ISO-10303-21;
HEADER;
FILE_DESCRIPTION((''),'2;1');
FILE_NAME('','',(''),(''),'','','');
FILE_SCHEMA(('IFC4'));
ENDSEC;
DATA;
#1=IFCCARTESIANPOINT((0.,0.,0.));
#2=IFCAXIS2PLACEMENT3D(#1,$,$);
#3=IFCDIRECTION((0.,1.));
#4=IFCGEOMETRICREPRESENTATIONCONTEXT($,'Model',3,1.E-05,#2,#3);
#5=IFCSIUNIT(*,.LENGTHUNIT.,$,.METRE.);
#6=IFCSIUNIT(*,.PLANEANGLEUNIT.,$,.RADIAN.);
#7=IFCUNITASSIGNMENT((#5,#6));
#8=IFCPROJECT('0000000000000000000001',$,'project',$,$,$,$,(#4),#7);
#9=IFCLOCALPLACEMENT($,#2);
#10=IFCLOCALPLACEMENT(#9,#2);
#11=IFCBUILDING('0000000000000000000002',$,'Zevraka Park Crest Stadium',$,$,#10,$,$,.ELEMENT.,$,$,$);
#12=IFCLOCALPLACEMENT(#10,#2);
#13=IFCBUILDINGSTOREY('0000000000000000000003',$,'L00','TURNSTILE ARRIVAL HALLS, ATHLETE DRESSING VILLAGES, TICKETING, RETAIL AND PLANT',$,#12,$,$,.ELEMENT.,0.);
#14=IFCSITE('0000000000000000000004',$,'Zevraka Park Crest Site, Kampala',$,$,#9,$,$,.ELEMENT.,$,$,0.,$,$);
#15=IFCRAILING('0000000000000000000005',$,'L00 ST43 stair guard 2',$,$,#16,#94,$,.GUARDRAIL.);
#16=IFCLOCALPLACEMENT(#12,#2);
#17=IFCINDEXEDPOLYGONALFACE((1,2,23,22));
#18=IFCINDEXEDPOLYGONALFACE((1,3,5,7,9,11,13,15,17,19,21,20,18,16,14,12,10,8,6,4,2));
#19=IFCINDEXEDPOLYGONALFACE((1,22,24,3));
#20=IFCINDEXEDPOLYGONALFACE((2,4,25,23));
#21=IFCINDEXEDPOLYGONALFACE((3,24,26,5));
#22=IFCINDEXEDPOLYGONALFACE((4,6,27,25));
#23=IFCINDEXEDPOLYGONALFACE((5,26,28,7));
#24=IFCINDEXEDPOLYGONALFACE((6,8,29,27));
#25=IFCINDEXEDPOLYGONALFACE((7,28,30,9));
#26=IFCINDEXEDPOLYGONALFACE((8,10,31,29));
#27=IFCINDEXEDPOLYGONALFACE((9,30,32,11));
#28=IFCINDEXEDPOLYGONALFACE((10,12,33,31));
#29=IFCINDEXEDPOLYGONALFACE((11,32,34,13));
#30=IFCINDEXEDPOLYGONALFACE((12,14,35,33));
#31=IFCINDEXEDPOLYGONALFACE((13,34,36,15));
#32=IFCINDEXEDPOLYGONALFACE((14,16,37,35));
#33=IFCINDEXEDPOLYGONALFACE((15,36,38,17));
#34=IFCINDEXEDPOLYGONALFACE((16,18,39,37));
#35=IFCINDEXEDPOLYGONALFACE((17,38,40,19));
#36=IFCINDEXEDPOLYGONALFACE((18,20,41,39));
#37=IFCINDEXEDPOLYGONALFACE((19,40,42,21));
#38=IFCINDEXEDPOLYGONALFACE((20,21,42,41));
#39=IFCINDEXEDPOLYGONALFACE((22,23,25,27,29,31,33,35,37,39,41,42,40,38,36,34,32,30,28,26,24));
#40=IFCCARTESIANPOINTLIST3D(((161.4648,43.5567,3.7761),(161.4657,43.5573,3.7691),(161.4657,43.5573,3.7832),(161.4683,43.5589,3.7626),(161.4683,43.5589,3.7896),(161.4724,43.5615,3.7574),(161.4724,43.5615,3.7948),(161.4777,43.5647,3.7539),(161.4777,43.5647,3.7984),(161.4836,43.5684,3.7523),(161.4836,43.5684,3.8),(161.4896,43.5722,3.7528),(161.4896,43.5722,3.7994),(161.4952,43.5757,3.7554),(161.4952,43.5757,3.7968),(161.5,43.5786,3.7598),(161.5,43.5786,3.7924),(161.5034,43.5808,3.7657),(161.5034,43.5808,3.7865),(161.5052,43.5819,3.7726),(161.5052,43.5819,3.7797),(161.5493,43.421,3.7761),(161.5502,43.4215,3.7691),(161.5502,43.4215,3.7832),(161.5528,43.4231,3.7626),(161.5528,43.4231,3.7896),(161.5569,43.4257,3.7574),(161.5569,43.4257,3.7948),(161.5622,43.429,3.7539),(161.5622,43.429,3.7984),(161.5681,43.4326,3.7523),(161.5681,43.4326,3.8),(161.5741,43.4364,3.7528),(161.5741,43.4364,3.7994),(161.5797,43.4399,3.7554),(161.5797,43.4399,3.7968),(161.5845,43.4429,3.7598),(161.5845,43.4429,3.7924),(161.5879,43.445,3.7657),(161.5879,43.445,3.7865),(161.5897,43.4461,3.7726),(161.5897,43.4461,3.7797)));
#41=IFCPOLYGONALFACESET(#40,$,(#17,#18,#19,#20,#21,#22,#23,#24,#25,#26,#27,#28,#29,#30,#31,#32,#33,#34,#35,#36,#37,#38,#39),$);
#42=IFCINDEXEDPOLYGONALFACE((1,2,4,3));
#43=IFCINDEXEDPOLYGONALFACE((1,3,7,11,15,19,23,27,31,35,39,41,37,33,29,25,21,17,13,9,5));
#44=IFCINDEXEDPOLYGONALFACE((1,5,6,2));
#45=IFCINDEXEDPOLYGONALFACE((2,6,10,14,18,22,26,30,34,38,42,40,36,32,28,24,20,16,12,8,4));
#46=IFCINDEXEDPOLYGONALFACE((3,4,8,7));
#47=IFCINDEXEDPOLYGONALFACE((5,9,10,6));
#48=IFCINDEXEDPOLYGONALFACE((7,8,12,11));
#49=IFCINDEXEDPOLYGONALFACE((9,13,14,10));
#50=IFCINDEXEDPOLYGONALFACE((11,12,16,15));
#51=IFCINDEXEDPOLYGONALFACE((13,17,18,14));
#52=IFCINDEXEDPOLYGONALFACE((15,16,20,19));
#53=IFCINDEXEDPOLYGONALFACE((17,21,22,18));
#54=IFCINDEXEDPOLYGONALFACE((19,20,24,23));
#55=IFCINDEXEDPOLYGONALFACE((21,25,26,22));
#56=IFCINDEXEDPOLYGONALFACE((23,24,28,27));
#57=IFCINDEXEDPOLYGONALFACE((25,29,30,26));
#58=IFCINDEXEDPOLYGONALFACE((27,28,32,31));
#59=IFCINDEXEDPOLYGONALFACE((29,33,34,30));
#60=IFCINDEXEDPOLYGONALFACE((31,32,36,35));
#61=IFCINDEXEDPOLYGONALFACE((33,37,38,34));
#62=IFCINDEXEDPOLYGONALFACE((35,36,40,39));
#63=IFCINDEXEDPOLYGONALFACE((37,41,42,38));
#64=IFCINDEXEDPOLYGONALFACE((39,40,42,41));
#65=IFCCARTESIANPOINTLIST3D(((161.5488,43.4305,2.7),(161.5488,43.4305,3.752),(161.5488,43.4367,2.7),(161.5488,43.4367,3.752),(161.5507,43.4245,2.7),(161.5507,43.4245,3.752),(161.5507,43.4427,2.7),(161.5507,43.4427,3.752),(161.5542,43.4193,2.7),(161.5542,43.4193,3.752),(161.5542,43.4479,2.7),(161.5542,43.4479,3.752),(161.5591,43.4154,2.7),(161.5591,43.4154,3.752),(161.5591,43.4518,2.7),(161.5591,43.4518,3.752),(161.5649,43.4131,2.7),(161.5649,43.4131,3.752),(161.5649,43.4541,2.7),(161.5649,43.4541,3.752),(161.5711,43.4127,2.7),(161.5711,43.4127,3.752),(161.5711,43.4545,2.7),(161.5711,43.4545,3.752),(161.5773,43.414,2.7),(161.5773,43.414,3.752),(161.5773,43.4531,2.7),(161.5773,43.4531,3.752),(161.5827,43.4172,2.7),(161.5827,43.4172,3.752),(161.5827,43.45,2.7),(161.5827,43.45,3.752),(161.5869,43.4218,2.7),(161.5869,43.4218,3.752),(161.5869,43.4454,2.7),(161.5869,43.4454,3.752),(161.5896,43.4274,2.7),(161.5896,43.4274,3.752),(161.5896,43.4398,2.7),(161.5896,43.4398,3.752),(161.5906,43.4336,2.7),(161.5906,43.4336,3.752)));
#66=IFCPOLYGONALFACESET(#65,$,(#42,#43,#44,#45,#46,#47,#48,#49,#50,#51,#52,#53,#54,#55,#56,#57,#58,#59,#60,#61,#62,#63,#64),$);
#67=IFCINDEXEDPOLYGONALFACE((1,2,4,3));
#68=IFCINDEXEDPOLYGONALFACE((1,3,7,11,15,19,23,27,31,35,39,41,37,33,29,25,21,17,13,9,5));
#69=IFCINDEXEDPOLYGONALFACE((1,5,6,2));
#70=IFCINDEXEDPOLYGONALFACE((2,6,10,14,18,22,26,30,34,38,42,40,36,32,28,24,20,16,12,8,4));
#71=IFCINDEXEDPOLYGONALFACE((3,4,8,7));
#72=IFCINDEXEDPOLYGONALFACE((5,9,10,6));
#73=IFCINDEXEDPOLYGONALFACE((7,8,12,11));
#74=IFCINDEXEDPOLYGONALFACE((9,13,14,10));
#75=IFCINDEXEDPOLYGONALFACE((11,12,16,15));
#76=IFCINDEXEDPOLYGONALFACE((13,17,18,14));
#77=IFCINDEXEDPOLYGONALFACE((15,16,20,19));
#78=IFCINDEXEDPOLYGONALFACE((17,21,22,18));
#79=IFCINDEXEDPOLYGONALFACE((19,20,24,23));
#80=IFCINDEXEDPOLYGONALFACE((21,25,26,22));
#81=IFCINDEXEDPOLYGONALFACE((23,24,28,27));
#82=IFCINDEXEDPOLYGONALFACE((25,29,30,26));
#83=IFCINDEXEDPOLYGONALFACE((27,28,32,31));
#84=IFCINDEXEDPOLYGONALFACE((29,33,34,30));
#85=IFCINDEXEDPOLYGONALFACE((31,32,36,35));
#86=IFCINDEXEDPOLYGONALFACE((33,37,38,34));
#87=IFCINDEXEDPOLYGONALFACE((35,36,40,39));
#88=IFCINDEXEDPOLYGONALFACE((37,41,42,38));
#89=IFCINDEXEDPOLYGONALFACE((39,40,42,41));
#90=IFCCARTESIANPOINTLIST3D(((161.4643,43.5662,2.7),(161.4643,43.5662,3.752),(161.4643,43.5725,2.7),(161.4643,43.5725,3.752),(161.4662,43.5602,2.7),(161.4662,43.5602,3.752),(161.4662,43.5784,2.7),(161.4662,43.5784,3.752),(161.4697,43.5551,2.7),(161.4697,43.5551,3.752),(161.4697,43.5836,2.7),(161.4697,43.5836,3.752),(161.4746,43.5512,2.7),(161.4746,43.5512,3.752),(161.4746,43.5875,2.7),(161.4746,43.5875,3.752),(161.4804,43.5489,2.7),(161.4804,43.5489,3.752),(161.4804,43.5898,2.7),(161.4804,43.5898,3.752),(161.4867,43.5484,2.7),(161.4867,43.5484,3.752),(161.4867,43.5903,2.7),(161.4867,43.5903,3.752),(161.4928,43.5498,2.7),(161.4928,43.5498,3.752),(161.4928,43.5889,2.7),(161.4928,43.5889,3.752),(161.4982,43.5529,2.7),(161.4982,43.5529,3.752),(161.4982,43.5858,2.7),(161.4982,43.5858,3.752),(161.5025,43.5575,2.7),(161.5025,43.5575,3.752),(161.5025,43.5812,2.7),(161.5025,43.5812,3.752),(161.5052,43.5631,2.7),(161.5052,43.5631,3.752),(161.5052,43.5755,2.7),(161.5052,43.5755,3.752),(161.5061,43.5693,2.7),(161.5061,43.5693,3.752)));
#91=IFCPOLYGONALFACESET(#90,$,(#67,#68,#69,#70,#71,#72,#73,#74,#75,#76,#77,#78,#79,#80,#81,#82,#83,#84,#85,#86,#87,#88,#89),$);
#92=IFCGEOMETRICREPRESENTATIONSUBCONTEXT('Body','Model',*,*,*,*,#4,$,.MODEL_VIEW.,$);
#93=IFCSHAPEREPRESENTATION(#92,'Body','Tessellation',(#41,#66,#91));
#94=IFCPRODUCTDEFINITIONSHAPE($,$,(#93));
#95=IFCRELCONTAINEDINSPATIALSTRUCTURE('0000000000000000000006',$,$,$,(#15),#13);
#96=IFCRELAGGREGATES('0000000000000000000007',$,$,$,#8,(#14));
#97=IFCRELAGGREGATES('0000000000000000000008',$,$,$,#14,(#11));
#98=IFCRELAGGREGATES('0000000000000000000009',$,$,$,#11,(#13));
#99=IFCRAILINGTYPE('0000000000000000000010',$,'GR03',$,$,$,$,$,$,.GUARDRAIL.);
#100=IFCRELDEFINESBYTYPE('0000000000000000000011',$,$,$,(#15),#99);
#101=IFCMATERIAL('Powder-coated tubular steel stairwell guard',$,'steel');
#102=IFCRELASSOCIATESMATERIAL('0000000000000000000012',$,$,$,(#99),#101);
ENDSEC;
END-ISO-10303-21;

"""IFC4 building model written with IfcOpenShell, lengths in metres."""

from ifc_helpers import new_model, si_unit, direction, frame, origin, origin_2d, place, context, subcontext, project, spatial, circle, extrude, material, type_object, element, save


model = new_model("IFC4")

# Units and contexts
model_context = context("Model", 3, precision=1e-05, world=origin(), true_north=direction((0.0, 1.0)))
body_context = subcontext(model_context, "Body", "Model", "MODEL_VIEW")
ifc_project = project(units=[si_unit("LENGTHUNIT", "METRE"), si_unit("PLANEANGLEUNIT", "RADIAN")], contexts=[model_context])

# Site, building, storey
site_placement = place(None, origin())
site = spatial("IfcSite", under=ifc_project, at=site_placement, Name="Zevraka Park Crest Site, Kampala", CompositionType="ELEMENT", RefElevation=0.0)
building_placement = place(site_placement, origin())
building = spatial("IfcBuilding", under=site, at=building_placement, Name="Zevraka Park Crest Stadium", CompositionType="ELEMENT")
storey_placement = place(building_placement, origin())
storey = spatial("IfcBuildingStorey", under=building, at=storey_placement, Name="L00", Description="TURNSTILE ARRIVAL HALLS, ATHLETE DRESSING VILLAGES, TICKETING, RETAIL AND PLANT", CompositionType="ELEMENT", Elevation=0.0)

# Railing
ifc_material_1 = material(Name="Powder-coated tubular steel stairwell guard", Category="steel")
railing_type_1 = type_object("IfcRailingType", Name="GR03", PredefinedType="GUARDRAIL", material=ifc_material_1)
railing_1_placement = place(storey_placement, frame((161.5696, 43.4336, 2.7)))
element("IfcRailing", 1, at=railing_1_placement, inside=storey, type_object=railing_type_1, Name="L00 ST43 stair guard 2", PredefinedType="GUARDRAIL", context=body_context, shape_type="SweptSolid", body=[
    extrude(circle(Radius=0.0239, at=origin_2d()), frame((0.0, 0.0, 1.0762), z_axis=(-0.528351, 0.849026, 0.0), x_axis=(-0.849026, -0.528351, 0.0)), (0.0, 0.0, 1.0), 0.1599),
    extrude(circle(Radius=0.021, at=origin_2d()), origin(), (0.0, 0.0, 1.0), 1.052),
    extrude(circle(Radius=0.021, at=origin_2d()), frame((-0.0845, 0.1357, 0.0)), (0.0, 0.0, 1.0), 1.052),
])

save(model, "model.ifc")
